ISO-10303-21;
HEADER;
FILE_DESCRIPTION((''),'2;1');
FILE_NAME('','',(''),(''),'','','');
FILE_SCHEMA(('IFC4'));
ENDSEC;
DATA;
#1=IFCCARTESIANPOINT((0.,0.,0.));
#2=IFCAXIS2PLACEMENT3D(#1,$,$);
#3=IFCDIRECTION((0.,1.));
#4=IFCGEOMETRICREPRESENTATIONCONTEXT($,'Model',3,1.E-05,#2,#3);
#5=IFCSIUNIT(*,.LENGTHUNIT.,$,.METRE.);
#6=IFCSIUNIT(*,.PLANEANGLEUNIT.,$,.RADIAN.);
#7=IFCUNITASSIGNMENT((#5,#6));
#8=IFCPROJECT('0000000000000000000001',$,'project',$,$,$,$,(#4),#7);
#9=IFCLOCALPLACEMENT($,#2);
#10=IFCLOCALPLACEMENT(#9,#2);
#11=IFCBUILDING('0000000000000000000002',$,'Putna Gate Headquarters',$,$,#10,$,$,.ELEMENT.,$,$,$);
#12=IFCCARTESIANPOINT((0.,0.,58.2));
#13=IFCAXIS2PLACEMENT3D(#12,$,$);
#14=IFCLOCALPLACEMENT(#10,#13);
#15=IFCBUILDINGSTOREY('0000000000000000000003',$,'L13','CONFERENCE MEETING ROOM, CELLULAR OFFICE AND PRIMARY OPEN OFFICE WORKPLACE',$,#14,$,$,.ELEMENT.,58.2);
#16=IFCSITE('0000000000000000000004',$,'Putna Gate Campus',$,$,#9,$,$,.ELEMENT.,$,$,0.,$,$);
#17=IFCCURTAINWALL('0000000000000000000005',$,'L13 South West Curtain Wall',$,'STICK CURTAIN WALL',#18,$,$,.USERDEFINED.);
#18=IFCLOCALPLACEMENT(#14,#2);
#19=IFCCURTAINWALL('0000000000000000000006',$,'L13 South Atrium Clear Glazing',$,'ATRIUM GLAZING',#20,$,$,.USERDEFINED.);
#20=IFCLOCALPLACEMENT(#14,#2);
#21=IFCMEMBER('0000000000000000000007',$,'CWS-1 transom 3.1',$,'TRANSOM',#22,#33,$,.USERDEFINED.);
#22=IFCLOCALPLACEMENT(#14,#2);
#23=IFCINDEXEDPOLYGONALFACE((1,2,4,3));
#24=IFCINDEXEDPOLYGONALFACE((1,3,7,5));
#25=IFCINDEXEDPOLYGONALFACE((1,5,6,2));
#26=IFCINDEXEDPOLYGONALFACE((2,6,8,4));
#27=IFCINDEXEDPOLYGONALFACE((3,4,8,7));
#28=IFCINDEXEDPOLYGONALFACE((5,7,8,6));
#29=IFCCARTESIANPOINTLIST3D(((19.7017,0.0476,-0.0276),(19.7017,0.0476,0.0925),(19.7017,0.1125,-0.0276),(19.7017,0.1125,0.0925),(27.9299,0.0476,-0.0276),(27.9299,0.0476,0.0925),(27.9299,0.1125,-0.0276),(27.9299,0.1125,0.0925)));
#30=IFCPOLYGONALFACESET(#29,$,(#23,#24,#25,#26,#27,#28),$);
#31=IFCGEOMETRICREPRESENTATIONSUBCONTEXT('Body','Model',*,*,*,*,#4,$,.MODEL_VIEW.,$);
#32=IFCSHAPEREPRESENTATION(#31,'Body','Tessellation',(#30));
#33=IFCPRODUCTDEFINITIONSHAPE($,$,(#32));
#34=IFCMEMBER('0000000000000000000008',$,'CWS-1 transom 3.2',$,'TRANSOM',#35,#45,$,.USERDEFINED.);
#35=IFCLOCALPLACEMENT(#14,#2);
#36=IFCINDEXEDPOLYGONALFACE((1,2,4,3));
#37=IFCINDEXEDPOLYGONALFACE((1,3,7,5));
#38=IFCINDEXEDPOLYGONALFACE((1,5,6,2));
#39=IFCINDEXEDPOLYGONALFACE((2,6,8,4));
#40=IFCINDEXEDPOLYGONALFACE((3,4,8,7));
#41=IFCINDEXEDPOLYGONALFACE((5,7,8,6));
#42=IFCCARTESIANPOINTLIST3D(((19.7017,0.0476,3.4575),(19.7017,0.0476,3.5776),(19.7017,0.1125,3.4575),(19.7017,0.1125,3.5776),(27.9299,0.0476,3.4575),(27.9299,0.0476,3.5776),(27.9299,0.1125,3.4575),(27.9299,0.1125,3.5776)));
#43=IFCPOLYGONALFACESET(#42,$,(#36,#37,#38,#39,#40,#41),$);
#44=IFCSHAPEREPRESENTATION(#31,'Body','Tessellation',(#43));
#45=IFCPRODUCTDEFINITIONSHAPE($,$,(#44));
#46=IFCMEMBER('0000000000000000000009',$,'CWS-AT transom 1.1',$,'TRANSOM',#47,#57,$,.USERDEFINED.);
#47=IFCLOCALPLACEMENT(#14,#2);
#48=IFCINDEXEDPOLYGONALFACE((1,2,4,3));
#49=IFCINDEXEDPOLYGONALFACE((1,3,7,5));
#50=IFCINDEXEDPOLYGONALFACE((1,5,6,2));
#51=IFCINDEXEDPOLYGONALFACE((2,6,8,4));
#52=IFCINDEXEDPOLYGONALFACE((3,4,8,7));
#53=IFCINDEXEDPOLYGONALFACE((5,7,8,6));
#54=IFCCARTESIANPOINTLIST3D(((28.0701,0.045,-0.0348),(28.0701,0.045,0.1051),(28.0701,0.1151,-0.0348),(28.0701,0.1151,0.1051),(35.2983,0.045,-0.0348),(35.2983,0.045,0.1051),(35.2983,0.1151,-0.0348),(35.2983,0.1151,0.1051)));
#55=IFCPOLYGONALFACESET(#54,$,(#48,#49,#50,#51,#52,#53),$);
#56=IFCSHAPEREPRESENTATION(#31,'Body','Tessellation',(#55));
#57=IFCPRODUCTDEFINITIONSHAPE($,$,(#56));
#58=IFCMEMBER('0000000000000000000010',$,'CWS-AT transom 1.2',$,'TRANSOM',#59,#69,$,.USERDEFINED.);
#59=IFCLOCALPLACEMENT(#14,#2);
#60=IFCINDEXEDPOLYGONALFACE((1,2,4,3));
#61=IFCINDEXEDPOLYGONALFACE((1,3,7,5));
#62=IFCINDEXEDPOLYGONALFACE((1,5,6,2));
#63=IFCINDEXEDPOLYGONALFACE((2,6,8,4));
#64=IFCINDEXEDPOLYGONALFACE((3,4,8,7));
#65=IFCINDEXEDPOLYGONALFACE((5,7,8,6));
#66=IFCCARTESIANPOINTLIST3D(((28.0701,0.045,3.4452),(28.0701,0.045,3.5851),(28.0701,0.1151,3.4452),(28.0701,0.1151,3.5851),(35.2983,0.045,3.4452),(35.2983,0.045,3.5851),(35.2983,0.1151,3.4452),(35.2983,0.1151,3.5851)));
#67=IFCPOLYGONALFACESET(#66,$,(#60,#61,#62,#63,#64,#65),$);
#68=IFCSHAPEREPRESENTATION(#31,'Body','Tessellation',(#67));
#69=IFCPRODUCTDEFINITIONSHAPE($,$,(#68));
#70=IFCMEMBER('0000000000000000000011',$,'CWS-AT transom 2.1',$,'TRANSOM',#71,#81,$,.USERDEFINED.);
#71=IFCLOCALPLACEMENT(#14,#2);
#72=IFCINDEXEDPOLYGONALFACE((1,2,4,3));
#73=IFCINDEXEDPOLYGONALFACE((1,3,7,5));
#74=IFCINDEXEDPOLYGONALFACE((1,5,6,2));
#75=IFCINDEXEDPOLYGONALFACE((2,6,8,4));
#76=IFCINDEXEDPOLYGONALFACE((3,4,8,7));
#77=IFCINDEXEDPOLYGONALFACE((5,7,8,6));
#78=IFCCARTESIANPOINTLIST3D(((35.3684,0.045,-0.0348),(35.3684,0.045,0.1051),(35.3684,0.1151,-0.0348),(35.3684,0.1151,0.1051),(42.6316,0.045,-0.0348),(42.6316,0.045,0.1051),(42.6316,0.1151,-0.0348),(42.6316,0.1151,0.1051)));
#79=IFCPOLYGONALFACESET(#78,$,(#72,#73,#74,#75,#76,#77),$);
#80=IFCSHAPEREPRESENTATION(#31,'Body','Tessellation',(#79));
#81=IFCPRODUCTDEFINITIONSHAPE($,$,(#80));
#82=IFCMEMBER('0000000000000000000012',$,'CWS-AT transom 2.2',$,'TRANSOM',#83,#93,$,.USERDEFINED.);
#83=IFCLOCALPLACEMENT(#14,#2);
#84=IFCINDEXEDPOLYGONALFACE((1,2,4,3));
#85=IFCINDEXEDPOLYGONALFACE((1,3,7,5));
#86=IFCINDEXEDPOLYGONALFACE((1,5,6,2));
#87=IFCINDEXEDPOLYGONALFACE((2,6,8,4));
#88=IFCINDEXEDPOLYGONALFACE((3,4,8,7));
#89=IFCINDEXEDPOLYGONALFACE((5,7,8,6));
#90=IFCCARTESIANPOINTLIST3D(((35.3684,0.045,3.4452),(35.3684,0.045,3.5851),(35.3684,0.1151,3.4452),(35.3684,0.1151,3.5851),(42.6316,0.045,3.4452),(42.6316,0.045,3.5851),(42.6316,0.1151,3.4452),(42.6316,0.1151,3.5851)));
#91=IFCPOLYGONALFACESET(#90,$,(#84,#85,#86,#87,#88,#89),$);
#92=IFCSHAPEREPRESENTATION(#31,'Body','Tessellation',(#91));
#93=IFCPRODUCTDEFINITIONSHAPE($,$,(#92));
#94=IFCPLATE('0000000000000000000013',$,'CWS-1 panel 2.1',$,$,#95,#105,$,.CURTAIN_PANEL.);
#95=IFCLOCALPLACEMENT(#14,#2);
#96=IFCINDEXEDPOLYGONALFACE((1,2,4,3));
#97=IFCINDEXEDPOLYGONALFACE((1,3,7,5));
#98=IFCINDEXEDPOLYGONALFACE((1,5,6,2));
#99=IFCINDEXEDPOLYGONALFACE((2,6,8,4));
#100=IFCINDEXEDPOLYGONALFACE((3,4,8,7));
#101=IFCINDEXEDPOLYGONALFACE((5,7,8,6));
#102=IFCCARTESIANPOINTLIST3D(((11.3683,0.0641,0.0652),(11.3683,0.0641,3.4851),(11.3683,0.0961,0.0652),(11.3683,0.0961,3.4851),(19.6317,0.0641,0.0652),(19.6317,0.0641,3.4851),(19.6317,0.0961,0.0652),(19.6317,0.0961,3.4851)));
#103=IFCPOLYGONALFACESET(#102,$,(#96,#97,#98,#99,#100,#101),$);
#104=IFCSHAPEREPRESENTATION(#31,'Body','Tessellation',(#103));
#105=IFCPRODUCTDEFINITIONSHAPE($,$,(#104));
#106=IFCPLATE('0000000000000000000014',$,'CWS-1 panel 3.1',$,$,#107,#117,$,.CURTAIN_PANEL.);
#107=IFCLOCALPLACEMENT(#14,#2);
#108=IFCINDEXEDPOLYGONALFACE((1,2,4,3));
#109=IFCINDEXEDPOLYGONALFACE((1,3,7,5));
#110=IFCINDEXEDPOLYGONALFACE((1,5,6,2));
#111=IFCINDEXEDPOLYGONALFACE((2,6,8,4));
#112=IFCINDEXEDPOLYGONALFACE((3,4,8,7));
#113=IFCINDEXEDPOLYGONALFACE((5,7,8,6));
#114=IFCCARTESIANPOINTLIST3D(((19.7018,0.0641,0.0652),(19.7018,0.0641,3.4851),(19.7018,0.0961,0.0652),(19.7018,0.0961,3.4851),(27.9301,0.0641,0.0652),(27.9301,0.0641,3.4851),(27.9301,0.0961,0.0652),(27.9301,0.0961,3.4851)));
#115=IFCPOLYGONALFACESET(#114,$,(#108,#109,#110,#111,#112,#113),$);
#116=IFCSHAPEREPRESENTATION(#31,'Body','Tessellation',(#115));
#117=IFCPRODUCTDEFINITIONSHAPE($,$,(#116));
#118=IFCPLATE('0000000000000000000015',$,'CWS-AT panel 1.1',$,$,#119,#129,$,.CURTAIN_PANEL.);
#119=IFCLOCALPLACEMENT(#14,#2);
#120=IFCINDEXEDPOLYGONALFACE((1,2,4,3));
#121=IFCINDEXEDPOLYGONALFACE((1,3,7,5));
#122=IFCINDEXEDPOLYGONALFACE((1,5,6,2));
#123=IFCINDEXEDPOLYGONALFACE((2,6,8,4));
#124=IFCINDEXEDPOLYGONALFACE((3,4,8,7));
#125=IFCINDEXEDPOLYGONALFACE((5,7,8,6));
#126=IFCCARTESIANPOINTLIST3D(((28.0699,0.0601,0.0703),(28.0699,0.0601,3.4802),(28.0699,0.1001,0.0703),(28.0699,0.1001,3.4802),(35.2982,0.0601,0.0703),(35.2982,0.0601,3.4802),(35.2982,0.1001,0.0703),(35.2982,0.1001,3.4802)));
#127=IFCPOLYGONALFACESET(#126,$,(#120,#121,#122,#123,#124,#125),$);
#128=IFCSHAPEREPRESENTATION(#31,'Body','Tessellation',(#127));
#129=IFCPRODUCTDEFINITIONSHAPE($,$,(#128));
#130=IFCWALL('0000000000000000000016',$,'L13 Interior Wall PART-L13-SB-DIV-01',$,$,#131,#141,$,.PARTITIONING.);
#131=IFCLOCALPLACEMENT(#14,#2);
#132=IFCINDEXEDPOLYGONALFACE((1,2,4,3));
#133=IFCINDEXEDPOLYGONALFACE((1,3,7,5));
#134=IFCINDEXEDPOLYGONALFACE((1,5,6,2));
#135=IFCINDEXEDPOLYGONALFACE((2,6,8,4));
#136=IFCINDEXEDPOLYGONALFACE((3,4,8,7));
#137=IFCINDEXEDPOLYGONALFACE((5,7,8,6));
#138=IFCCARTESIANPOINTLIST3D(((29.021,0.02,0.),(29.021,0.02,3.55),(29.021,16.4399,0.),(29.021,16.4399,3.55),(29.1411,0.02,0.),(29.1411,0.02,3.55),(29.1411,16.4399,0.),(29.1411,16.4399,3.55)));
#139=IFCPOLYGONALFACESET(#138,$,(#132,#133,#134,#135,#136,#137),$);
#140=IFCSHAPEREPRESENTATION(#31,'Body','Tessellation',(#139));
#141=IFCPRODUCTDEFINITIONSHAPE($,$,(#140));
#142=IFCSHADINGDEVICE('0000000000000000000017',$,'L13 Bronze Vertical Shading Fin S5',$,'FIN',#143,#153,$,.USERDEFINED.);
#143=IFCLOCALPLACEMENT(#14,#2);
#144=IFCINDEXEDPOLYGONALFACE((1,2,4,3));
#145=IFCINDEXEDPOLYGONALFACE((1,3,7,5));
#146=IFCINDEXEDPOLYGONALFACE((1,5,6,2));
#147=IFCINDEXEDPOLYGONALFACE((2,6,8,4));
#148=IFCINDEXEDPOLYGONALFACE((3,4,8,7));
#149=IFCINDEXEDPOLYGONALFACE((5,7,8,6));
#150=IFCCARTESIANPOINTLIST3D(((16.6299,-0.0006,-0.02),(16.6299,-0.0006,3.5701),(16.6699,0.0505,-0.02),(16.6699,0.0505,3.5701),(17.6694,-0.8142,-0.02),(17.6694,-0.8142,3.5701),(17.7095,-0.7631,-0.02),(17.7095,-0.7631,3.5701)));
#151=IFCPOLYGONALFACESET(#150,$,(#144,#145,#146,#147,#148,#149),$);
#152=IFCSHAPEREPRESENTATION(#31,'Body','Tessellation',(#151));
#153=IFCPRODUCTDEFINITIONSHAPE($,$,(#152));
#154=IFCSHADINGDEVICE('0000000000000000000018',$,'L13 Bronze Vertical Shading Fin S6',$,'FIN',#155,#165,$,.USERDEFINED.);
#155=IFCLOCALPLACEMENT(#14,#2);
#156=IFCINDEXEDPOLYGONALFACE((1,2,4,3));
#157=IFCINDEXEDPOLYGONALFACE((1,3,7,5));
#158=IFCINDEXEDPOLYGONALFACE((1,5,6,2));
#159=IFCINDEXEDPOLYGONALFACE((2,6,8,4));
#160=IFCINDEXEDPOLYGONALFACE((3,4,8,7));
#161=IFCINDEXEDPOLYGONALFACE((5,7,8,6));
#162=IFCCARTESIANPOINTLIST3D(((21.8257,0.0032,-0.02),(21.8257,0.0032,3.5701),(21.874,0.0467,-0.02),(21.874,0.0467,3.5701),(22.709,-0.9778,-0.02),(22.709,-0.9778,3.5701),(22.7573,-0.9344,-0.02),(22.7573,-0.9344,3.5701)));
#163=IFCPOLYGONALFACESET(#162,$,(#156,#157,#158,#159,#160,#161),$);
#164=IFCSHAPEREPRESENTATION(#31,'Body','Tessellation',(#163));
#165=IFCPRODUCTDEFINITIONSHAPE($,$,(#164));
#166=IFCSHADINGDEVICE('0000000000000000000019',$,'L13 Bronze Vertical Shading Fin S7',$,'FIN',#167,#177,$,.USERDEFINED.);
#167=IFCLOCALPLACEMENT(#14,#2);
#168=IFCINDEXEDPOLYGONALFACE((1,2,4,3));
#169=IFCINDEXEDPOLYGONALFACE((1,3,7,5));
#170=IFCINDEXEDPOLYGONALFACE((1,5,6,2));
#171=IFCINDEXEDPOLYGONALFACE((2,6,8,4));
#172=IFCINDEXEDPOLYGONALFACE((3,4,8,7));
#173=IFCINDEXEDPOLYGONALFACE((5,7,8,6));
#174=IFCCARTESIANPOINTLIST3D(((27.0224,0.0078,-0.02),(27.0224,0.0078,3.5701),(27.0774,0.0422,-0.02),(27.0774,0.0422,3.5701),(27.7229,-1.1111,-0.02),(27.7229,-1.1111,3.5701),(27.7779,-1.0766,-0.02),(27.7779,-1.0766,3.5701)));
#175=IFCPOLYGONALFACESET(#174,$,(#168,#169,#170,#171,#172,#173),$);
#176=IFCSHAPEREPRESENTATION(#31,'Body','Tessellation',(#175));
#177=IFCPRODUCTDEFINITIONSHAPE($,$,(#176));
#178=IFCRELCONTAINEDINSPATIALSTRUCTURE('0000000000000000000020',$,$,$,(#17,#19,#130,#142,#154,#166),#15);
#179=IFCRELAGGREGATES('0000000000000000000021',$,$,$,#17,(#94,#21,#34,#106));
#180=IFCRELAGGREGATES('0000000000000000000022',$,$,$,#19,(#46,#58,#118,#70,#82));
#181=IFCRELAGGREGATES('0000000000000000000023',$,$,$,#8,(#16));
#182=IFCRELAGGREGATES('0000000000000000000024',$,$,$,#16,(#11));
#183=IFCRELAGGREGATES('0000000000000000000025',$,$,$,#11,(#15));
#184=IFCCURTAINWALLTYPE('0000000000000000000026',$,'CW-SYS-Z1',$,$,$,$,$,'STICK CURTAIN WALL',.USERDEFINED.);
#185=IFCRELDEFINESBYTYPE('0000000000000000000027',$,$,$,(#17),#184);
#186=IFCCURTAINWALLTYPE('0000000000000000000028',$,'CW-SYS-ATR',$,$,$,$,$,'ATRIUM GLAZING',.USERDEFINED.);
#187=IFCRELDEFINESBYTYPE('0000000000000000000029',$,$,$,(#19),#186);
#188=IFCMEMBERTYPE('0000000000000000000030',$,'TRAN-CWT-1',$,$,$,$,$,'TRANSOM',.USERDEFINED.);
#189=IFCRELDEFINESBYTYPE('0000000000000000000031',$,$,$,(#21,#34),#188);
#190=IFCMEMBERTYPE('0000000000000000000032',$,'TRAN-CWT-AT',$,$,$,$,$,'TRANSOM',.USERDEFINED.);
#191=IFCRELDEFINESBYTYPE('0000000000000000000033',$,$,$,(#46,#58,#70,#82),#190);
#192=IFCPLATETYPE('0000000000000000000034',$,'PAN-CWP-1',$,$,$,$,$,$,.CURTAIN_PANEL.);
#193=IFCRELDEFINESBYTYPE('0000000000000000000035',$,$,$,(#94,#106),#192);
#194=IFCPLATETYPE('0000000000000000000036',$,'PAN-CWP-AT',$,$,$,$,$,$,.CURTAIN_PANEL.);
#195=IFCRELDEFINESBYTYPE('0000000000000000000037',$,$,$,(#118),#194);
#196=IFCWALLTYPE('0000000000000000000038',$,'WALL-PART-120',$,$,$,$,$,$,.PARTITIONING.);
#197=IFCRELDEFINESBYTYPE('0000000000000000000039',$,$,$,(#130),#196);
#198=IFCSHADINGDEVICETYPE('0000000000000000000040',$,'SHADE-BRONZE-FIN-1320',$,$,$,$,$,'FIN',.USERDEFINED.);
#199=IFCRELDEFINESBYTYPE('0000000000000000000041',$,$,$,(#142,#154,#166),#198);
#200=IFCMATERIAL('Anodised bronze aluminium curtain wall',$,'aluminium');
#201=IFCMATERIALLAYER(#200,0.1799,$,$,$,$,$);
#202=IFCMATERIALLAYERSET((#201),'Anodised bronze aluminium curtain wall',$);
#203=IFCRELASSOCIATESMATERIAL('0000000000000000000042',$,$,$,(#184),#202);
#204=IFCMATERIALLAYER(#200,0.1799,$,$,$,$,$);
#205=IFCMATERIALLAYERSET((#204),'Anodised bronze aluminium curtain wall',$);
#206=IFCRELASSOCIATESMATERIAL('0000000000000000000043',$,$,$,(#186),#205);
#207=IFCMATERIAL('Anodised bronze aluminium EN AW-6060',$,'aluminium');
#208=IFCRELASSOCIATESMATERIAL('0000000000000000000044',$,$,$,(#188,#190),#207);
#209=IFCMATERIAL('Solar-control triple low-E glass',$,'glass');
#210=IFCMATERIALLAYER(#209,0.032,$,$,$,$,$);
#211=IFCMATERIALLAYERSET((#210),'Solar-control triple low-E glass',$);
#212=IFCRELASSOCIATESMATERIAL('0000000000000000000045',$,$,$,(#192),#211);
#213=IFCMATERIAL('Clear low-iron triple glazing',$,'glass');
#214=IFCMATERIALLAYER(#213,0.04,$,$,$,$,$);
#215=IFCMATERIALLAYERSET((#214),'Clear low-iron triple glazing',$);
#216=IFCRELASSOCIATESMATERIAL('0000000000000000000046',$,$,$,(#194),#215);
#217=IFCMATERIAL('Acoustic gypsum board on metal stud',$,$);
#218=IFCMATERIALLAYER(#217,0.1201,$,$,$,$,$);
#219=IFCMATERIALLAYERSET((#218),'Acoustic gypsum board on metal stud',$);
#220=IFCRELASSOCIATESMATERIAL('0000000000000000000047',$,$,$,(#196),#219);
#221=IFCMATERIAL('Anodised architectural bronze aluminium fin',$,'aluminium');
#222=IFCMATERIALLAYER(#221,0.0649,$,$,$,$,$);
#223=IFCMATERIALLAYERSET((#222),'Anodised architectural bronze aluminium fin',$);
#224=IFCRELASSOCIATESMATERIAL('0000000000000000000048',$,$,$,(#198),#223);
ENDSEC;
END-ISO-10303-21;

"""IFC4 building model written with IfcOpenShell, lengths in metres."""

from ifc_helpers import new_model, si_unit, direction, frame, frame_2d, origin, origin_2d, place, context, subcontext, project, spatial, rectangle, extrude, material, layer, layer_set, material_profile, profile_set, type_object, element, aggregate, save


model = new_model("IFC4")

# Units and contexts
model_context = context("Model", 3, precision=1e-05, world=origin(), true_north=direction((0.0, 1.0)))
body_context = subcontext(model_context, "Body", "Model", "MODEL_VIEW")
ifc_project = project(units=[si_unit("LENGTHUNIT", "METRE"), si_unit("PLANEANGLEUNIT", "RADIAN")], contexts=[model_context])

# Site, building, storey
site_placement = place(None, origin())
site = spatial("IfcSite", under=ifc_project, at=site_placement, Name="Putna Gate Campus", CompositionType="ELEMENT", RefElevation=0.0)
building_placement = place(site_placement, origin())
building = spatial("IfcBuilding", under=site, at=building_placement, Name="Putna Gate Headquarters", CompositionType="ELEMENT")
storey_placement = place(building_placement, frame((0.0, 0.0, 58.2)))
storey = spatial("IfcBuildingStorey", under=building, at=storey_placement, Name="L13", Description="CONFERENCE MEETING ROOM, CELLULAR OFFICE AND PRIMARY OPEN OFFICE WORKPLACE", CompositionType="ELEMENT", Elevation=58.2)

# Curtain walls
ifc_material_1 = material(Name="Anodised bronze aluminium curtain wall", Category="aluminium")
ifc_layer_1 = layer(ifc_material_1, 0.1799)
ifc_layer_set_1 = layer_set([ifc_layer_1], Name="Anodised bronze aluminium curtain wall")
curtain_wall_type_1 = type_object("IfcCurtainWallType", Name="CW-SYS-Z1", ElementType="STICK CURTAIN WALL", PredefinedType="USERDEFINED", material=ifc_layer_set_1)
curtain_wall_1_placement = place(storey_placement, origin())
curtain_wall_1 = element("IfcCurtainWall", 1, at=curtain_wall_1_placement, inside=storey, type_object=curtain_wall_type_1, Name="L13 South West Curtain Wall", ObjectType="STICK CURTAIN WALL", PredefinedType="USERDEFINED")
ifc_material_2 = material(Name="Anodised bronze aluminium EN AW-6060", Category="aluminium")
ifc_layer_2 = layer(ifc_material_1, 0.1799)
ifc_layer_set_2 = layer_set([ifc_layer_2], Name="Anodised bronze aluminium curtain wall")
curtain_wall_type_2 = type_object("IfcCurtainWallType", Name="CW-SYS-ATR", ElementType="ATRIUM GLAZING", PredefinedType="USERDEFINED", material=ifc_layer_set_2)
curtain_wall_2_placement = place(storey_placement, origin())
curtain_wall_2 = element("IfcCurtainWall", 2, at=curtain_wall_2_placement, inside=storey, type_object=curtain_wall_type_2, Name="L13 South Atrium Clear Glazing", ObjectType="ATRIUM GLAZING", PredefinedType="USERDEFINED")

# Members
ifc_material_profile_1 = material_profile(ifc_material_2, rectangle(XDim=0.0649, YDim=0.1201, at=origin_2d()), Name="Anodised bronze aluminium EN AW-6060")
ifc_profile_set_1 = profile_set([ifc_material_profile_1], Name="Anodised bronze aluminium EN AW-6060")
member_type_1 = type_object("IfcMemberType", Name="TRAN-CWT-1", ElementType="TRANSOM", PredefinedType="USERDEFINED", material=ifc_profile_set_1)
member_1_placement = place(storey_placement, frame((19.7017, 0.0801, 0.0325), z_axis=(1.0, 0.0, 0.0), x_axis=(0.0, 1.0, 0.0)))
member_1 = element("IfcMember", 3, at=member_1_placement, type_object=member_type_1, Name="CWS-1 transom 3.1", ObjectType="TRANSOM", PredefinedType="USERDEFINED", context=body_context, shape_type="SweptSolid", body=[
    extrude(rectangle(XDim=0.0649, YDim=0.1201, at=origin_2d()), origin(), (0.0, 0.0, 1.0), 8.2283),
])
member_2_placement = place(storey_placement, frame((19.7017, 0.0801, 3.5176), z_axis=(1.0, 0.0, 0.0), x_axis=(0.0, 1.0, 0.0)))
member_2 = element("IfcMember", 4, at=member_2_placement, type_object=member_type_1, Name="CWS-1 transom 3.2", ObjectType="TRANSOM", PredefinedType="USERDEFINED", context=body_context, shape_type="SweptSolid", body=[
    extrude(rectangle(XDim=0.0649, YDim=0.1201, at=origin_2d()), origin(), (0.0, 0.0, 1.0), 8.2283),
])
ifc_material_profile_2 = material_profile(ifc_material_2, rectangle(XDim=0.0701, YDim=0.1399, at=origin_2d()), Name="Anodised bronze aluminium EN AW-6060")
ifc_profile_set_2 = profile_set([ifc_material_profile_2], Name="Anodised bronze aluminium EN AW-6060")
member_type_2 = type_object("IfcMemberType", Name="TRAN-CWT-AT", ElementType="TRANSOM", PredefinedType="USERDEFINED", material=ifc_profile_set_2)
member_3_placement = place(storey_placement, frame((28.0701, 0.0801, 0.0352), z_axis=(1.0, 0.0, 0.0), x_axis=(0.0, 1.0, 0.0)))
member_3 = element("IfcMember", 5, at=member_3_placement, type_object=member_type_2, Name="CWS-AT transom 1.1", ObjectType="TRANSOM", PredefinedType="USERDEFINED", context=body_context, shape_type="SweptSolid", body=[
    extrude(rectangle(XDim=0.0701, YDim=0.1399, at=origin_2d()), origin(), (0.0, 0.0, 1.0), 7.2283),
])
member_4_placement = place(storey_placement, frame((28.0701, 0.0801, 3.5151), z_axis=(1.0, 0.0, 0.0), x_axis=(0.0, 1.0, 0.0)))
member_4 = element("IfcMember", 6, at=member_4_placement, type_object=member_type_2, Name="CWS-AT transom 1.2", ObjectType="TRANSOM", PredefinedType="USERDEFINED", context=body_context, shape_type="SweptSolid", body=[
    extrude(rectangle(XDim=0.0701, YDim=0.1399, at=origin_2d()), origin(), (0.0, 0.0, 1.0), 7.2283),
])
member_5_placement = place(storey_placement, frame((35.3684, 0.0801, 0.0352), z_axis=(1.0, 0.0, 0.0), x_axis=(0.0, 1.0, 0.0)))
member_5 = element("IfcMember", 7, at=member_5_placement, type_object=member_type_2, Name="CWS-AT transom 2.1", ObjectType="TRANSOM", PredefinedType="USERDEFINED", context=body_context, shape_type="SweptSolid", body=[
    extrude(rectangle(XDim=0.0701, YDim=0.1399, at=origin_2d()), origin(), (0.0, 0.0, 1.0), 7.2632),
])
member_6_placement = place(storey_placement, frame((35.3684, 0.0801, 3.5151), z_axis=(1.0, 0.0, 0.0), x_axis=(0.0, 1.0, 0.0)))
member_6 = element("IfcMember", 8, at=member_6_placement, type_object=member_type_2, Name="CWS-AT transom 2.2", ObjectType="TRANSOM", PredefinedType="USERDEFINED", context=body_context, shape_type="SweptSolid", body=[
    extrude(rectangle(XDim=0.0701, YDim=0.1399, at=origin_2d()), origin(), (0.0, 0.0, 1.0), 7.2632),
])

# Plates
ifc_material_3 = material(Name="Solar-control triple low-E glass", Category="glass")
ifc_layer_3 = layer(ifc_material_3, 0.032)
ifc_layer_set_3 = layer_set([ifc_layer_3], Name="Solar-control triple low-E glass")
plate_type_1 = type_object("IfcPlateType", Name="PAN-CWP-1", PredefinedType="CURTAIN_PANEL", material=ifc_layer_set_3)
plate_1_placement = place(storey_placement, frame((15.5, 0.0801, 0.0652), z_axis=(0.0, 0.0, 1.0), x_axis=(1.0, 0.0, 0.0)))
plate_1 = element("IfcPlate", 9, at=plate_1_placement, type_object=plate_type_1, Name="CWS-1 panel 2.1", PredefinedType="CURTAIN_PANEL", context=body_context, shape_type="SweptSolid", body=[
    extrude(rectangle(XDim=8.2634, YDim=0.032, at=origin_2d()), origin(), (0.0, 0.0, 1.0), 3.4199),
])
plate_2_placement = place(storey_placement, frame((23.8159, 0.0801, 0.0652), z_axis=(0.0, 0.0, 1.0), x_axis=(1.0, 0.0, 0.0)))
plate_2 = element("IfcPlate", 10, at=plate_2_placement, type_object=plate_type_1, Name="CWS-1 panel 3.1", PredefinedType="CURTAIN_PANEL", context=body_context, shape_type="SweptSolid", body=[
    extrude(rectangle(XDim=8.2283, YDim=0.032, at=origin_2d()), origin(), (0.0, 0.0, 1.0), 3.4199),
])
aggregate(curtain_wall_1, [plate_1, member_1, member_2, plate_2])
ifc_material_4 = material(Name="Clear low-iron triple glazing", Category="glass")
ifc_layer_4 = layer(ifc_material_4, 0.04)
ifc_layer_set_4 = layer_set([ifc_layer_4], Name="Clear low-iron triple glazing")
plate_type_2 = type_object("IfcPlateType", Name="PAN-CWP-AT", PredefinedType="CURTAIN_PANEL", material=ifc_layer_set_4)
plate_3_placement = place(storey_placement, frame((31.6841, 0.0801, 0.0703), z_axis=(0.0, 0.0, 1.0), x_axis=(1.0, 0.0, 0.0)))
plate_3 = element("IfcPlate", 11, at=plate_3_placement, type_object=plate_type_2, Name="CWS-AT panel 1.1", PredefinedType="CURTAIN_PANEL", context=body_context, shape_type="SweptSolid", body=[
    extrude(rectangle(XDim=7.2283, YDim=0.04, at=origin_2d()), origin(), (0.0, 0.0, 1.0), 3.4099),
])
aggregate(curtain_wall_2, [member_3, member_4, plate_3, member_5, member_6])

# Wall
ifc_material_5 = material(Name="Acoustic gypsum board on metal stud")
ifc_layer_5 = layer(ifc_material_5, 0.1201)
ifc_layer_set_5 = layer_set([ifc_layer_5], Name="Acoustic gypsum board on metal stud")
wall_type = type_object("IfcWallType", Name="WALL-PART-120", PredefinedType="PARTITIONING", material=ifc_layer_set_5)
wall_placement = place(storey_placement, frame((29.0811, 0.02, 0.0), z_axis=(0.0, 0.0, 1.0), x_axis=(0.0, 1.0, 0.0)))
element("IfcWall", 12, at=wall_placement, inside=storey, type_object=wall_type, Name="L13 Interior Wall PART-L13-SB-DIV-01", PredefinedType="PARTITIONING", context=body_context, shape_type="SweptSolid", body=[
    extrude(rectangle(XDim=16.4199, YDim=0.1201, at=frame_2d((8.21, 0.0))), origin(), (0.0, 0.0, 1.0), 3.55),
])

# Shading devices
ifc_material_6 = material(Name="Anodised architectural bronze aluminium fin", Category="aluminium")
ifc_layer_6 = layer(ifc_material_6, 0.0649)
ifc_layer_set_6 = layer_set([ifc_layer_6], Name="Anodised architectural bronze aluminium fin")
shading_device_type = type_object("IfcShadingDeviceType", Name="SHADE-BRONZE-FIN-1320", ElementType="FIN", PredefinedType="USERDEFINED", material=ifc_layer_set_6)
for number, where, z_axis, x_axis, name in (
    (13, (17.1697, -0.3818, -0.02), (0.0, 0.0, 1.0), (0.787473, -0.616349, 0.0), "L13 Bronze Vertical Shading Fin S5"),
    (14, (22.2915, -0.4656, -0.02), (0.0, 0.0, 1.0), (0.669131, -0.743145, 0.0), "L13 Bronze Vertical Shading Fin S6"),
    (15, (27.4001, -0.5344, -0.02), (0.0, 0.0, 1.0), (0.530659, -0.847585, 0.0), "L13 Bronze Vertical Shading Fin S7"),
):
    element("IfcShadingDevice", number, at=place(storey_placement, frame(where, z_axis=z_axis, x_axis=x_axis)), inside=storey, type_object=shading_device_type, Name=name, ObjectType="FIN", PredefinedType="USERDEFINED", context=body_context, shape_type="SweptSolid", body=[
        extrude(rectangle(XDim=1.3201, YDim=0.0649, at=origin_2d()), origin(), (0.0, 0.0, 1.0), 3.5901),
    ])

save(model, "model.ifc")
